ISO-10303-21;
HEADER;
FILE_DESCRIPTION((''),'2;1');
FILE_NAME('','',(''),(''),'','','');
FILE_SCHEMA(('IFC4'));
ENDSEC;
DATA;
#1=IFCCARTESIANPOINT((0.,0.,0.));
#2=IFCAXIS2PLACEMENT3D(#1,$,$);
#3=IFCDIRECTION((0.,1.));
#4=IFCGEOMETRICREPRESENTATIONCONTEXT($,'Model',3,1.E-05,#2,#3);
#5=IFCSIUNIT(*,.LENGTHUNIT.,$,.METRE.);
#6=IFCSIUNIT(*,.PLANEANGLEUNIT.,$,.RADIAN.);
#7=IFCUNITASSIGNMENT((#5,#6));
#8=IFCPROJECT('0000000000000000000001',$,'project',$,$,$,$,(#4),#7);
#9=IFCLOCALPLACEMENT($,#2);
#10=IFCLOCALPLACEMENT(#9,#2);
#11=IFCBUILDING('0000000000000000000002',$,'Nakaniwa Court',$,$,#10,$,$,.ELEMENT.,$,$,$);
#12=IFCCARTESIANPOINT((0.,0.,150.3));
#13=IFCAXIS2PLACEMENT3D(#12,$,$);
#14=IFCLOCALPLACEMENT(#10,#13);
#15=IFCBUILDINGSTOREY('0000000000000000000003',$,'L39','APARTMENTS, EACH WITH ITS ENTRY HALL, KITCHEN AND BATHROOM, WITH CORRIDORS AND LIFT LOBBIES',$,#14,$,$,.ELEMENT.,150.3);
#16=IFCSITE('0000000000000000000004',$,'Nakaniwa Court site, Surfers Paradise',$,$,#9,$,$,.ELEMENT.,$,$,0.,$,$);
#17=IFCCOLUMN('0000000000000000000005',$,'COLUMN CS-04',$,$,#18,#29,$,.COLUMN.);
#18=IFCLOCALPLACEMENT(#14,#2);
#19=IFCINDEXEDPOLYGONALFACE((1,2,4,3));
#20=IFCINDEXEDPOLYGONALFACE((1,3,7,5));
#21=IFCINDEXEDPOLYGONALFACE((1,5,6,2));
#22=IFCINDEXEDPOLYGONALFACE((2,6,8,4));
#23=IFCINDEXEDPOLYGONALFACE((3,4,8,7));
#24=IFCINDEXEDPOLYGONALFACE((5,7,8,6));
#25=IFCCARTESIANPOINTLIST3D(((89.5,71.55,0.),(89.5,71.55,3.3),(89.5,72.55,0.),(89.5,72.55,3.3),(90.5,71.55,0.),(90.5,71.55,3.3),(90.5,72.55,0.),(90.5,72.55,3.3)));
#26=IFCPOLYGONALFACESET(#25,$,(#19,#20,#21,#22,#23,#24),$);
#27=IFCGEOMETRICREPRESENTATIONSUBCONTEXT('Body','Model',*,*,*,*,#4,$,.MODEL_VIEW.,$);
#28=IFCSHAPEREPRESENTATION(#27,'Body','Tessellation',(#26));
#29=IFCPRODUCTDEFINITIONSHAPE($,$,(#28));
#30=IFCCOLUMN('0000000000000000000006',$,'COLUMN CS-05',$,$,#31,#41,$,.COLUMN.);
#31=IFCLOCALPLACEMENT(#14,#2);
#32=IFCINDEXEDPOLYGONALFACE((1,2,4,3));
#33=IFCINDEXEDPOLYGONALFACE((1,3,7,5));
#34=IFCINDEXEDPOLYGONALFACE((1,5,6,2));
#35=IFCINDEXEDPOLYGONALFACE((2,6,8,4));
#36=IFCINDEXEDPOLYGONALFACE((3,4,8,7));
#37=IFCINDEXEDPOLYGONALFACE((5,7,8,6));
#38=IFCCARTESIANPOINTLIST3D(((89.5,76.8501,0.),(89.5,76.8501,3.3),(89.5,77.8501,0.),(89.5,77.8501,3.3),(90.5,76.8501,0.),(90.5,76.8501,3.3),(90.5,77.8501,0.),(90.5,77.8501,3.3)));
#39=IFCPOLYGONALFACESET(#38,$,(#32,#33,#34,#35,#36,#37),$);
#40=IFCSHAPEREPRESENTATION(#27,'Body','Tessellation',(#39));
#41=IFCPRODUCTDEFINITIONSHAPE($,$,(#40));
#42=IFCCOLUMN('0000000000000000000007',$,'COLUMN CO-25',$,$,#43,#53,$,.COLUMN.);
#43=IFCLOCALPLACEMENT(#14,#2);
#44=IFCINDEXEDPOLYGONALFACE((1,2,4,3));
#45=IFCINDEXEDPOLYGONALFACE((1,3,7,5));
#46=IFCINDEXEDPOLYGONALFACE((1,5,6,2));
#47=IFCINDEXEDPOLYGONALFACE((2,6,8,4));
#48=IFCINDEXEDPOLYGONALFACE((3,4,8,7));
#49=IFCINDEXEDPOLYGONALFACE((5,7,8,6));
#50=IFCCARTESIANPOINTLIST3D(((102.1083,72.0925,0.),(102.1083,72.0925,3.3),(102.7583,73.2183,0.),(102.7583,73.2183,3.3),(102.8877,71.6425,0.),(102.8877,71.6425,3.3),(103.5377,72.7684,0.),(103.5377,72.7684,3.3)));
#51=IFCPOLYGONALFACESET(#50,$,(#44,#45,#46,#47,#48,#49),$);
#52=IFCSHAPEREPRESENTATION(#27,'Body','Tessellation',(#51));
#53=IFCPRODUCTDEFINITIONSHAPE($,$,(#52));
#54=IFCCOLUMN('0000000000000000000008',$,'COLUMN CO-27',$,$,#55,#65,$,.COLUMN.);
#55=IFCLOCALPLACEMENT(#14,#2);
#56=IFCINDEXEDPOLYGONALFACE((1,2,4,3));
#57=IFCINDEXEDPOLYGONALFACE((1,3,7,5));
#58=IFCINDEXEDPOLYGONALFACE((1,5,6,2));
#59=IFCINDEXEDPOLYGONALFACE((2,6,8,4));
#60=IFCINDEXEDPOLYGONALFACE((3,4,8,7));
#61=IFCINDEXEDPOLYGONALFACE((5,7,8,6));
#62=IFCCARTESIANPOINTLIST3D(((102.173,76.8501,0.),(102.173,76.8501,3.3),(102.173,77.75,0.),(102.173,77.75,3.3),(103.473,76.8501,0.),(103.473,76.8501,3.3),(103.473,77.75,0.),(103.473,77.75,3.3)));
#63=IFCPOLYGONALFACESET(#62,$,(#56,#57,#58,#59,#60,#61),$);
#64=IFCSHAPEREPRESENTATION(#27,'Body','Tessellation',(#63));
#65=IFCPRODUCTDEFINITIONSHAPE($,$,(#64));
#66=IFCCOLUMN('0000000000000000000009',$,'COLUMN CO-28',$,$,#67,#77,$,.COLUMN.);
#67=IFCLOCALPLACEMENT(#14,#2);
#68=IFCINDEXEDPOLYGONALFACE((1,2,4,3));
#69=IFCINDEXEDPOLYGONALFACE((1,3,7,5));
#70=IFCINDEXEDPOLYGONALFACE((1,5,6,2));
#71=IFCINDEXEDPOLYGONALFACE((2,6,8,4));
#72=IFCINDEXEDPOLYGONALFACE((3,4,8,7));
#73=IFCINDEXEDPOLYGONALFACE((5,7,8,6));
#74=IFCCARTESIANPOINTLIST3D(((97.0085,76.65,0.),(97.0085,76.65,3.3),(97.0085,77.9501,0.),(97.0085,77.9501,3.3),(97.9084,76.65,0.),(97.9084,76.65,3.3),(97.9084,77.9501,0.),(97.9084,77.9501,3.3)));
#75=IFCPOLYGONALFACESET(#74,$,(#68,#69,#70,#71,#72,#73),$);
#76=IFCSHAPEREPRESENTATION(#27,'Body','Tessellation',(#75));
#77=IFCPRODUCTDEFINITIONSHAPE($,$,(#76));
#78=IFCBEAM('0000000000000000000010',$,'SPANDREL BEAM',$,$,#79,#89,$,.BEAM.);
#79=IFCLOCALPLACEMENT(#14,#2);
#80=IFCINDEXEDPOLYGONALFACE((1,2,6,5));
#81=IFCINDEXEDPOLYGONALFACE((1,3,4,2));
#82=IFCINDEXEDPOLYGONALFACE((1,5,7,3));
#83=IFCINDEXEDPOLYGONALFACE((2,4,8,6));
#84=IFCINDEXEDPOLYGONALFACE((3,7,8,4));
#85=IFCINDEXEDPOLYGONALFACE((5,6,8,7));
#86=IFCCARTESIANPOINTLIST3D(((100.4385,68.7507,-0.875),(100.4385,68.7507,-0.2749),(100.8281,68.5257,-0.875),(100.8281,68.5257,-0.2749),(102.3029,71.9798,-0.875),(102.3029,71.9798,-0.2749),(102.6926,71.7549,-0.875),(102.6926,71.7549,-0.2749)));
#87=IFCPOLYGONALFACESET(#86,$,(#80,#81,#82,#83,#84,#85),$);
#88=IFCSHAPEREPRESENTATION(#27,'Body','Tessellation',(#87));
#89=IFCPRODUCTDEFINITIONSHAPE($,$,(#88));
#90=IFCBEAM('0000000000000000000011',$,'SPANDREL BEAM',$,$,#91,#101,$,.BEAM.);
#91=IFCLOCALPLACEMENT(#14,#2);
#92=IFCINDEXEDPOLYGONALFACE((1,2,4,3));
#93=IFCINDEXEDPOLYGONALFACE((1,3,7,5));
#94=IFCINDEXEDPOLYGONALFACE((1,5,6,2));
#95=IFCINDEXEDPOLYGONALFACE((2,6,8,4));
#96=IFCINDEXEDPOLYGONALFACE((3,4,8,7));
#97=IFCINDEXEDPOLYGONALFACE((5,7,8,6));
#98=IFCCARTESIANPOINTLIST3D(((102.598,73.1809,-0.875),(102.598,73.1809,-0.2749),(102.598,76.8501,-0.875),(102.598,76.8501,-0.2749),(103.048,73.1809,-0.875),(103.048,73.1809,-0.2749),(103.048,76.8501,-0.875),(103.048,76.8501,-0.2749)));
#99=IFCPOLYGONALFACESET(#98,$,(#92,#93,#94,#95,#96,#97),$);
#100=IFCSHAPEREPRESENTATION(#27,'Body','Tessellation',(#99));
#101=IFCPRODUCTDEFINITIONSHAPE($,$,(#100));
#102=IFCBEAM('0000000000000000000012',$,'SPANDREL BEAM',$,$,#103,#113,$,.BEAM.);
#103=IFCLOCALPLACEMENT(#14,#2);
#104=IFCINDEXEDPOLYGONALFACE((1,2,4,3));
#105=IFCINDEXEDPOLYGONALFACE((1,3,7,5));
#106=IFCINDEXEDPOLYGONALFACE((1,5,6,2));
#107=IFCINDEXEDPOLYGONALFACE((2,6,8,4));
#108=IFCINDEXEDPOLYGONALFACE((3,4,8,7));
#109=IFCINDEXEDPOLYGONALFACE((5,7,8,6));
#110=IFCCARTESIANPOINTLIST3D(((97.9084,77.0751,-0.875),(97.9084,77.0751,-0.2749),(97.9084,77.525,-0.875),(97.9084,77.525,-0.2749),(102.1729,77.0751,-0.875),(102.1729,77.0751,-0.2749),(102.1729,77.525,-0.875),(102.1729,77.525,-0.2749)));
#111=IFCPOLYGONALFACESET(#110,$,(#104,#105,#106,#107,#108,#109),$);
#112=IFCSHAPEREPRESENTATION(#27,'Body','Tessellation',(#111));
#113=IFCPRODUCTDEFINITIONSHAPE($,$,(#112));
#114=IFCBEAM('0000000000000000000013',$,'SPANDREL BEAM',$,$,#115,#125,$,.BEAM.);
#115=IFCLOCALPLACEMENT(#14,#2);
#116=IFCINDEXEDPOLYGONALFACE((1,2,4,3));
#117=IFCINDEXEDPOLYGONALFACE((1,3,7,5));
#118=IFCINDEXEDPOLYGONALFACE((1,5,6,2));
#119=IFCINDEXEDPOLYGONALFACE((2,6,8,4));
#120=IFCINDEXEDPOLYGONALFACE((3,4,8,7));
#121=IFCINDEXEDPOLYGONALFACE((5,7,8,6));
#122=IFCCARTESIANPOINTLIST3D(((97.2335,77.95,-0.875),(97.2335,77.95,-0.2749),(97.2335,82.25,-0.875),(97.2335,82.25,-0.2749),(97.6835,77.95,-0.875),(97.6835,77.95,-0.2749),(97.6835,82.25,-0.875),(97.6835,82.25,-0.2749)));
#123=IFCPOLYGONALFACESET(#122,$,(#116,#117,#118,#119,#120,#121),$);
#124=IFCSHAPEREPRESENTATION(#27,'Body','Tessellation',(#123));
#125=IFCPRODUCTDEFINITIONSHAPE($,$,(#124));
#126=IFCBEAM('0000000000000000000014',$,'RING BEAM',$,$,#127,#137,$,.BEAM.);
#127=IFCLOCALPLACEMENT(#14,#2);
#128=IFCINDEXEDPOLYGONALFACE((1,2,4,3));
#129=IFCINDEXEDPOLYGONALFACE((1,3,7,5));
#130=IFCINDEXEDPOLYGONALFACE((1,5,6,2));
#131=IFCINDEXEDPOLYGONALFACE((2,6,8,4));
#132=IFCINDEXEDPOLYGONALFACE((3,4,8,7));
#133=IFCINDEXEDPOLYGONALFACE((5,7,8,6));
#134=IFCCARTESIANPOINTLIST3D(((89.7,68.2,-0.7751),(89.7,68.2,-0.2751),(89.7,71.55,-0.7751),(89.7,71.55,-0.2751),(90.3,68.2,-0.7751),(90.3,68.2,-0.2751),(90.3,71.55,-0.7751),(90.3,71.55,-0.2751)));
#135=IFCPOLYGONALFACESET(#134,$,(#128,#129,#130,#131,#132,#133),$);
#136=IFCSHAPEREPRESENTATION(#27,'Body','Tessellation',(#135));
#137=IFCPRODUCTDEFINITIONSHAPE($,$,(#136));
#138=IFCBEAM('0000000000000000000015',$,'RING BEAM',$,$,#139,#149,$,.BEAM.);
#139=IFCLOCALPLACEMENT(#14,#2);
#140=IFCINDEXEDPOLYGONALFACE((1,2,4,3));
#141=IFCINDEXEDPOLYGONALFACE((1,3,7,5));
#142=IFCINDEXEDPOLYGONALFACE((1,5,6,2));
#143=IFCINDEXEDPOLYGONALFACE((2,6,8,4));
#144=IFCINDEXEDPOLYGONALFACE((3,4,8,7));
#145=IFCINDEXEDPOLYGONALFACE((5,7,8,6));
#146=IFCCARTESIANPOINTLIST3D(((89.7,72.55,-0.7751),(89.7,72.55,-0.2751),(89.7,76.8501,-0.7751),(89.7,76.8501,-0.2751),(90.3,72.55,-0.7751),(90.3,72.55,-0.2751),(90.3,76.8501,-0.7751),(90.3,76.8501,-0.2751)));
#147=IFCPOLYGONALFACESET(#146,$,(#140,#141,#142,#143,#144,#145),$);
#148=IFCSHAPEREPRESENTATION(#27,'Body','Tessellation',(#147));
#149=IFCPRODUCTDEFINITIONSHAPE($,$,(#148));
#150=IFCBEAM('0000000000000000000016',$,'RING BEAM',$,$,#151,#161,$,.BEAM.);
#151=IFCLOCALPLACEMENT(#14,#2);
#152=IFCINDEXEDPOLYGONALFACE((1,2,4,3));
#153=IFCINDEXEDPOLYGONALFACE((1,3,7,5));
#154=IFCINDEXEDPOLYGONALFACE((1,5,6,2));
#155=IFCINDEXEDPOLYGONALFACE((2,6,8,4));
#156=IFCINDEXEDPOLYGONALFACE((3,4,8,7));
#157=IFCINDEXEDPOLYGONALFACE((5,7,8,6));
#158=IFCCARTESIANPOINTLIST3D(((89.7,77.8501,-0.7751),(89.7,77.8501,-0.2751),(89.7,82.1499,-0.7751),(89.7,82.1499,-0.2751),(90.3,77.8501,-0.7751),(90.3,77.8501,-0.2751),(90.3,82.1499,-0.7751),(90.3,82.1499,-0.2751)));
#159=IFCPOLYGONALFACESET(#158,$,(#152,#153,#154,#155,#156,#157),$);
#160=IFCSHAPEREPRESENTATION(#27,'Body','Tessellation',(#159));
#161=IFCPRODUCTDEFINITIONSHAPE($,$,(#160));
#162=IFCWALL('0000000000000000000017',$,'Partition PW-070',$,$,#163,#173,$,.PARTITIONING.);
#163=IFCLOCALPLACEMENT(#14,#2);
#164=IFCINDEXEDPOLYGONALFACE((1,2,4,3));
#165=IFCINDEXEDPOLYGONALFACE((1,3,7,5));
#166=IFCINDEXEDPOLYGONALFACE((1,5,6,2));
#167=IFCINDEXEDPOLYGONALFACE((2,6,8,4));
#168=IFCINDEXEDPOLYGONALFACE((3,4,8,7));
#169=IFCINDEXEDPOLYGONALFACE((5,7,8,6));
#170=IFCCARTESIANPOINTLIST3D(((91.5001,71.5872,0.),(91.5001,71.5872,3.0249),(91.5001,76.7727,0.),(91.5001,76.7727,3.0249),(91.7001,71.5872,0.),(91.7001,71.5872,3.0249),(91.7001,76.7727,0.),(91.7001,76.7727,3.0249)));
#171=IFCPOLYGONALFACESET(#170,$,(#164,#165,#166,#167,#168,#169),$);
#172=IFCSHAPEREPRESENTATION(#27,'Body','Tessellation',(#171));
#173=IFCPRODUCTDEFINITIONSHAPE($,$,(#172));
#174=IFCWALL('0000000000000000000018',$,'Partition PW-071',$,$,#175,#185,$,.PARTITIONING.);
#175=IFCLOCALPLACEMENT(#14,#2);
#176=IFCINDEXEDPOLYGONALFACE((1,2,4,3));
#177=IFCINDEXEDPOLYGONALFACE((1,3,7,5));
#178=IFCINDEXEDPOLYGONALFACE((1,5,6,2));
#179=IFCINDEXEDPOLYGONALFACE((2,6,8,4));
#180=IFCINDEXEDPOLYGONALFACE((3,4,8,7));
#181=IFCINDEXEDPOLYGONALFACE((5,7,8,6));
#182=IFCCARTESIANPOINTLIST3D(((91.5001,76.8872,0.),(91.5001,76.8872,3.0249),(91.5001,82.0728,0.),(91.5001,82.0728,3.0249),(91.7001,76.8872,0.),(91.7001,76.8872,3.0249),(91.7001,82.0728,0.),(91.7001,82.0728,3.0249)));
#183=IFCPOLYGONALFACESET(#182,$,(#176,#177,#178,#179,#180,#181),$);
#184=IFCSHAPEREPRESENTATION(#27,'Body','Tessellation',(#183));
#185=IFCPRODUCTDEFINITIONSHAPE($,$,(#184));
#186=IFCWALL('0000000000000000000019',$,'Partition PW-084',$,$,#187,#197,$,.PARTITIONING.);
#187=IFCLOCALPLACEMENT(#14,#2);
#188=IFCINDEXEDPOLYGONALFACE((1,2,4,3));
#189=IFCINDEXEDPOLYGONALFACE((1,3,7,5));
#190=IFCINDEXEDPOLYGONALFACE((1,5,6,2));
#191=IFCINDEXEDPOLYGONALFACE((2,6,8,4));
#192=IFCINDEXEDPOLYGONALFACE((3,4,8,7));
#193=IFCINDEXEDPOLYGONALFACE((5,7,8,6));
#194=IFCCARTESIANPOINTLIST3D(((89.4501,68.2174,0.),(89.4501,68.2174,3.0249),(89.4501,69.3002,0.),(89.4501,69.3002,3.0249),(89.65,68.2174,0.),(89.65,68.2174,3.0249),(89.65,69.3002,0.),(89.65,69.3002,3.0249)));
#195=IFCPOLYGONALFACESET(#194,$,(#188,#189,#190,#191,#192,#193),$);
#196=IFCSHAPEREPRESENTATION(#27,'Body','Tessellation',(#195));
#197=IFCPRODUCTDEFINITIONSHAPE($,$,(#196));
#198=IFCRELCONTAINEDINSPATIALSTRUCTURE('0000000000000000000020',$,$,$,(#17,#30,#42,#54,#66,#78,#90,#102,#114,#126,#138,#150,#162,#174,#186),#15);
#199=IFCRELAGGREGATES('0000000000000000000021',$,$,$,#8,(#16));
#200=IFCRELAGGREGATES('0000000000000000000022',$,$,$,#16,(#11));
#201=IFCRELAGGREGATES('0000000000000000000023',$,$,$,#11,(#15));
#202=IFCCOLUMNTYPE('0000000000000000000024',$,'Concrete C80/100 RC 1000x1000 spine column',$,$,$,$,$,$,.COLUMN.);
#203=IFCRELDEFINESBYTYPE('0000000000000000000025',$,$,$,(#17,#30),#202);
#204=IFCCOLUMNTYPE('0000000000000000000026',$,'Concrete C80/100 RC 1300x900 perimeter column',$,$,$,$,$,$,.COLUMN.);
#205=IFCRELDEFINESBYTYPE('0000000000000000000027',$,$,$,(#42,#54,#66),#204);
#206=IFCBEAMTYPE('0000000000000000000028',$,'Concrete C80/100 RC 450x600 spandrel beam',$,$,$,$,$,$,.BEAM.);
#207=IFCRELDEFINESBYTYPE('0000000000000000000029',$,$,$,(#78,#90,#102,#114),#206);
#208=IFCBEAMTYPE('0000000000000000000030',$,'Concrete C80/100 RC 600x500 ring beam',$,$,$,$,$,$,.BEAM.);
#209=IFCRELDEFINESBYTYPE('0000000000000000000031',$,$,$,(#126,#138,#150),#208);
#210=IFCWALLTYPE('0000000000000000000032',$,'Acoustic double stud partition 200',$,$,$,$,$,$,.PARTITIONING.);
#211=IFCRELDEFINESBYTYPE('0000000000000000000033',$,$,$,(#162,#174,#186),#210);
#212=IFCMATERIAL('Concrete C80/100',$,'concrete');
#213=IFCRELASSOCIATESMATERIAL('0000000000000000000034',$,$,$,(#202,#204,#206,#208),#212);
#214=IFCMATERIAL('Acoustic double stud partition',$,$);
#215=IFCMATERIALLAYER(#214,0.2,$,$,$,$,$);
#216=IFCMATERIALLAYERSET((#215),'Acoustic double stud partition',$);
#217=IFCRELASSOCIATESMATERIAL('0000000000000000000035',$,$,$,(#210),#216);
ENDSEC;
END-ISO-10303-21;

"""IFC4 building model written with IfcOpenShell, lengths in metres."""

from ifc_helpers import new_model, si_unit, direction, frame, frame_2d, origin, origin_2d, place, context, subcontext, project, spatial, rectangle, extrude, material, layer, layer_set, material_profile, profile_set, type_object, element, save


model = new_model("IFC4")

# Units and contexts
model_context = context("Model", 3, precision=1e-05, world=origin(), true_north=direction((0.0, 1.0)))
body_context = subcontext(model_context, "Body", "Model", "MODEL_VIEW")
ifc_project = project(units=[si_unit("LENGTHUNIT", "METRE"), si_unit("PLANEANGLEUNIT", "RADIAN")], contexts=[model_context])

# Site, building, storey
site_placement = place(None, origin())
site = spatial("IfcSite", under=ifc_project, at=site_placement, Name="Nakaniwa Court site, Surfers Paradise", CompositionType="ELEMENT", RefElevation=0.0)
building_placement = place(site_placement, origin())
building = spatial("IfcBuilding", under=site, at=building_placement, Name="Nakaniwa Court", CompositionType="ELEMENT")
storey_placement = place(building_placement, frame((0.0, 0.0, 150.3)))
storey = spatial("IfcBuildingStorey", under=building, at=storey_placement, Name="L39", Description="APARTMENTS, EACH WITH ITS ENTRY HALL, KITCHEN AND BATHROOM, WITH CORRIDORS AND LIFT LOBBIES", CompositionType="ELEMENT", Elevation=150.3)

# Columns
ifc_material_1 = material(Name="Concrete C80/100", Category="concrete")
ifc_material_profile_1 = material_profile(ifc_material_1, rectangle(XDim=1.0, YDim=1.0, at=origin_2d()), Name="Concrete C80/100 RC 1000x1000 spine column")
ifc_profile_set_1 = profile_set([ifc_material_profile_1], Name="Concrete C80/100")
column_type_1 = type_object("IfcColumnType", Name="Concrete C80/100 RC 1000x1000 spine column", PredefinedType="COLUMN", material=ifc_profile_set_1)
for number, where, z_axis, x_axis, name in (
    (1, (90.0, 72.05, 0.0), (0.0, 0.0, 1.0), (0.0, 1.0, 0.0), "COLUMN CS-04"),
    (2, (90.0, 77.3501, 0.0), (0.0, 0.0, 1.0), (0.0, 1.0, 0.0), "COLUMN CS-05"),
):
    element("IfcColumn", number, at=place(storey_placement, frame(where, z_axis=z_axis, x_axis=x_axis)), inside=storey, type_object=column_type_1, Name=name, PredefinedType="COLUMN", context=body_context, shape_type="SweptSolid", body=[
        extrude(rectangle(XDim=1.0, YDim=1.0, at=origin_2d()), origin(), (0.0, 0.0, 1.0), 3.3),
    ])
ifc_material_profile_2 = material_profile(ifc_material_1, rectangle(XDim=1.3, YDim=0.8999, at=origin_2d()), Name="Concrete C80/100 RC 1300x900 perimeter column")
ifc_profile_set_2 = profile_set([ifc_material_profile_2], Name="Concrete C80/100")
column_type_2 = type_object("IfcColumnType", Name="Concrete C80/100 RC 1300x900 perimeter column", PredefinedType="COLUMN", material=ifc_profile_set_2)
for number, where, z_axis, x_axis, name in (
    (3, (102.823, 72.4304, 0.0), (0.0, 0.0, 1.0), (0.5, 0.866025, 0.0), "COLUMN CO-25"),
    (4, (102.823, 77.3, 0.0), (0.0, 0.0, 1.0), (-1.0, 0.0, 0.0), "COLUMN CO-27"),
    (5, (97.4585, 77.3, 0.0), (0.0, 0.0, 1.0), (0.0, 1.0, 0.0), "COLUMN CO-28"),
):
    element("IfcColumn", number, at=place(storey_placement, frame(where, z_axis=z_axis, x_axis=x_axis)), inside=storey, type_object=column_type_2, Name=name, PredefinedType="COLUMN", context=body_context, shape_type="SweptSolid", body=[
        extrude(rectangle(XDim=1.3, YDim=0.8999, at=origin_2d()), origin(), (0.0, 0.0, 1.0), 3.3),
    ])

# Beams
ifc_material_profile_3 = material_profile(ifc_material_1, rectangle(XDim=0.45, YDim=0.6001, at=origin_2d()), Name="Concrete C80/100 RC 450x600 spandrel beam")
ifc_profile_set_3 = profile_set([ifc_material_profile_3], Name="Concrete C80/100")
beam_type_1 = type_object("IfcBeamType", Name="Concrete C80/100 RC 450x600 spandrel beam", PredefinedType="BEAM", material=ifc_profile_set_3)
beam_1_placement = place(storey_placement, frame((100.6333, 68.6382, -0.575), z_axis=(0.500019, 0.866014, 0.0), x_axis=(-0.866014, 0.500019, 0.0)))
element("IfcBeam", 6, at=beam_1_placement, inside=storey, type_object=beam_type_1, Name="SPANDREL BEAM", PredefinedType="BEAM", context=body_context, shape_type="SweptSolid", body=[
    extrude(rectangle(XDim=0.45, YDim=0.6001, at=origin_2d()), origin(), (0.0, 0.0, 1.0), 3.7288),
])
beam_2_placement = place(storey_placement, frame((102.823, 73.1809, -0.575), z_axis=(0.0, 1.0, 0.0), x_axis=(-1.0, 0.0, 0.0)))
element("IfcBeam", 7, at=beam_2_placement, inside=storey, type_object=beam_type_1, Name="SPANDREL BEAM", PredefinedType="BEAM", context=body_context, shape_type="SweptSolid", body=[
    extrude(rectangle(XDim=0.45, YDim=0.6001, at=origin_2d()), origin(), (0.0, 0.0, 1.0), 3.6692),
])
beam_3_placement = place(storey_placement, frame((102.1729, 77.3, -0.575), z_axis=(-1.0, 0.0, 0.0), x_axis=(0.0, -1.0, 0.0)))
element("IfcBeam", 8, at=beam_3_placement, inside=storey, type_object=beam_type_1, Name="SPANDREL BEAM", PredefinedType="BEAM", context=body_context, shape_type="SweptSolid", body=[
    extrude(rectangle(XDim=0.45, YDim=0.6001, at=origin_2d()), origin(), (0.0, 0.0, 1.0), 4.2644),
])
beam_4_placement = place(storey_placement, frame((97.4585, 77.95, -0.575), z_axis=(0.0, 1.0, 0.0), x_axis=(-1.0, 0.0, 0.0)))
element("IfcBeam", 9, at=beam_4_placement, inside=storey, type_object=beam_type_1, Name="SPANDREL BEAM", PredefinedType="BEAM", context=body_context, shape_type="SweptSolid", body=[
    extrude(rectangle(XDim=0.45, YDim=0.6001, at=origin_2d()), origin(), (0.0, 0.0, 1.0), 4.3),
])
ifc_material_profile_4 = material_profile(ifc_material_1, rectangle(XDim=0.6001, YDim=0.5, at=origin_2d()), Name="Concrete C80/100 RC 600x500 ring beam")
ifc_profile_set_4 = profile_set([ifc_material_profile_4], Name="Concrete C80/100")
beam_type_2 = type_object("IfcBeamType", Name="Concrete C80/100 RC 600x500 ring beam", PredefinedType="BEAM", material=ifc_profile_set_4)
beam_5_placement = place(storey_placement, frame((90.0, 68.2, -0.5251), z_axis=(0.0, 1.0, 0.0), x_axis=(-1.0, 0.0, 0.0)))
element("IfcBeam", 10, at=beam_5_placement, inside=storey, type_object=beam_type_2, Name="RING BEAM", PredefinedType="BEAM", context=body_context, shape_type="SweptSolid", body=[
    extrude(rectangle(XDim=0.6001, YDim=0.5, at=origin_2d()), origin(), (0.0, 0.0, 1.0), 3.3501),
])
beam_6_placement = place(storey_placement, frame((90.0, 72.55, -0.5251), z_axis=(0.0, 1.0, 0.0), x_axis=(-1.0, 0.0, 0.0)))
element("IfcBeam", 11, at=beam_6_placement, inside=storey, type_object=beam_type_2, Name="RING BEAM", PredefinedType="BEAM", context=body_context, shape_type="SweptSolid", body=[
    extrude(rectangle(XDim=0.6001, YDim=0.5, at=origin_2d()), origin(), (0.0, 0.0, 1.0), 4.3),
])
beam_7_placement = place(storey_placement, frame((90.0, 77.8501, -0.5251), z_axis=(0.0, 1.0, 0.0), x_axis=(-1.0, 0.0, 0.0)))
element("IfcBeam", 12, at=beam_7_placement, inside=storey, type_object=beam_type_2, Name="RING BEAM", PredefinedType="BEAM", context=body_context, shape_type="SweptSolid", body=[
    extrude(rectangle(XDim=0.6001, YDim=0.5, at=origin_2d()), origin(), (0.0, 0.0, 1.0), 4.2998),
])

# Walls
ifc_material_2 = material(Name="Acoustic double stud partition")
ifc_layer_1 = layer(ifc_material_2, 0.2)
ifc_layer_set_1 = layer_set([ifc_layer_1], Name="Acoustic double stud partition")
wall_type_1 = type_object("IfcWallType", Name="Acoustic double stud partition 200", PredefinedType="PARTITIONING", material=ifc_layer_set_1)
for number, where, z_axis, x_axis, name in (
    (13, (91.6001, 71.5872, 0.0), (0.0, 0.0, 1.0), (0.0, 1.0, 0.0), "Partition PW-070"),
    (14, (91.6001, 76.8872, 0.0), (0.0, 0.0, 1.0), (0.0, 1.0, 0.0), "Partition PW-071"),
):
    element("IfcWall", number, at=place(storey_placement, frame(where, z_axis=z_axis, x_axis=x_axis)), inside=storey, type_object=wall_type_1, Name=name, PredefinedType="PARTITIONING", context=body_context, shape_type="SweptSolid", body=[
        extrude(rectangle(XDim=5.1855, YDim=0.2, at=frame_2d((2.5928, 0.0))), origin(), (0.0, 0.0, 1.0), 3.0249),
    ])
wall_1_placement = place(storey_placement, frame((89.55, 68.2173, 0.0), z_axis=(0.0, 0.0, 1.0), x_axis=(0.0, 1.0, 0.0)))
element("IfcWall", 15, at=wall_1_placement, inside=storey, type_object=wall_type_1, Name="Partition PW-084", PredefinedType="PARTITIONING", context=body_context, shape_type="SweptSolid", body=[
    extrude(rectangle(XDim=1.0828, YDim=0.2, at=frame_2d((0.5415, 0.0))), origin(), (0.0, 0.0, 1.0), 3.0249),
])

save(model, "model.ifc")
